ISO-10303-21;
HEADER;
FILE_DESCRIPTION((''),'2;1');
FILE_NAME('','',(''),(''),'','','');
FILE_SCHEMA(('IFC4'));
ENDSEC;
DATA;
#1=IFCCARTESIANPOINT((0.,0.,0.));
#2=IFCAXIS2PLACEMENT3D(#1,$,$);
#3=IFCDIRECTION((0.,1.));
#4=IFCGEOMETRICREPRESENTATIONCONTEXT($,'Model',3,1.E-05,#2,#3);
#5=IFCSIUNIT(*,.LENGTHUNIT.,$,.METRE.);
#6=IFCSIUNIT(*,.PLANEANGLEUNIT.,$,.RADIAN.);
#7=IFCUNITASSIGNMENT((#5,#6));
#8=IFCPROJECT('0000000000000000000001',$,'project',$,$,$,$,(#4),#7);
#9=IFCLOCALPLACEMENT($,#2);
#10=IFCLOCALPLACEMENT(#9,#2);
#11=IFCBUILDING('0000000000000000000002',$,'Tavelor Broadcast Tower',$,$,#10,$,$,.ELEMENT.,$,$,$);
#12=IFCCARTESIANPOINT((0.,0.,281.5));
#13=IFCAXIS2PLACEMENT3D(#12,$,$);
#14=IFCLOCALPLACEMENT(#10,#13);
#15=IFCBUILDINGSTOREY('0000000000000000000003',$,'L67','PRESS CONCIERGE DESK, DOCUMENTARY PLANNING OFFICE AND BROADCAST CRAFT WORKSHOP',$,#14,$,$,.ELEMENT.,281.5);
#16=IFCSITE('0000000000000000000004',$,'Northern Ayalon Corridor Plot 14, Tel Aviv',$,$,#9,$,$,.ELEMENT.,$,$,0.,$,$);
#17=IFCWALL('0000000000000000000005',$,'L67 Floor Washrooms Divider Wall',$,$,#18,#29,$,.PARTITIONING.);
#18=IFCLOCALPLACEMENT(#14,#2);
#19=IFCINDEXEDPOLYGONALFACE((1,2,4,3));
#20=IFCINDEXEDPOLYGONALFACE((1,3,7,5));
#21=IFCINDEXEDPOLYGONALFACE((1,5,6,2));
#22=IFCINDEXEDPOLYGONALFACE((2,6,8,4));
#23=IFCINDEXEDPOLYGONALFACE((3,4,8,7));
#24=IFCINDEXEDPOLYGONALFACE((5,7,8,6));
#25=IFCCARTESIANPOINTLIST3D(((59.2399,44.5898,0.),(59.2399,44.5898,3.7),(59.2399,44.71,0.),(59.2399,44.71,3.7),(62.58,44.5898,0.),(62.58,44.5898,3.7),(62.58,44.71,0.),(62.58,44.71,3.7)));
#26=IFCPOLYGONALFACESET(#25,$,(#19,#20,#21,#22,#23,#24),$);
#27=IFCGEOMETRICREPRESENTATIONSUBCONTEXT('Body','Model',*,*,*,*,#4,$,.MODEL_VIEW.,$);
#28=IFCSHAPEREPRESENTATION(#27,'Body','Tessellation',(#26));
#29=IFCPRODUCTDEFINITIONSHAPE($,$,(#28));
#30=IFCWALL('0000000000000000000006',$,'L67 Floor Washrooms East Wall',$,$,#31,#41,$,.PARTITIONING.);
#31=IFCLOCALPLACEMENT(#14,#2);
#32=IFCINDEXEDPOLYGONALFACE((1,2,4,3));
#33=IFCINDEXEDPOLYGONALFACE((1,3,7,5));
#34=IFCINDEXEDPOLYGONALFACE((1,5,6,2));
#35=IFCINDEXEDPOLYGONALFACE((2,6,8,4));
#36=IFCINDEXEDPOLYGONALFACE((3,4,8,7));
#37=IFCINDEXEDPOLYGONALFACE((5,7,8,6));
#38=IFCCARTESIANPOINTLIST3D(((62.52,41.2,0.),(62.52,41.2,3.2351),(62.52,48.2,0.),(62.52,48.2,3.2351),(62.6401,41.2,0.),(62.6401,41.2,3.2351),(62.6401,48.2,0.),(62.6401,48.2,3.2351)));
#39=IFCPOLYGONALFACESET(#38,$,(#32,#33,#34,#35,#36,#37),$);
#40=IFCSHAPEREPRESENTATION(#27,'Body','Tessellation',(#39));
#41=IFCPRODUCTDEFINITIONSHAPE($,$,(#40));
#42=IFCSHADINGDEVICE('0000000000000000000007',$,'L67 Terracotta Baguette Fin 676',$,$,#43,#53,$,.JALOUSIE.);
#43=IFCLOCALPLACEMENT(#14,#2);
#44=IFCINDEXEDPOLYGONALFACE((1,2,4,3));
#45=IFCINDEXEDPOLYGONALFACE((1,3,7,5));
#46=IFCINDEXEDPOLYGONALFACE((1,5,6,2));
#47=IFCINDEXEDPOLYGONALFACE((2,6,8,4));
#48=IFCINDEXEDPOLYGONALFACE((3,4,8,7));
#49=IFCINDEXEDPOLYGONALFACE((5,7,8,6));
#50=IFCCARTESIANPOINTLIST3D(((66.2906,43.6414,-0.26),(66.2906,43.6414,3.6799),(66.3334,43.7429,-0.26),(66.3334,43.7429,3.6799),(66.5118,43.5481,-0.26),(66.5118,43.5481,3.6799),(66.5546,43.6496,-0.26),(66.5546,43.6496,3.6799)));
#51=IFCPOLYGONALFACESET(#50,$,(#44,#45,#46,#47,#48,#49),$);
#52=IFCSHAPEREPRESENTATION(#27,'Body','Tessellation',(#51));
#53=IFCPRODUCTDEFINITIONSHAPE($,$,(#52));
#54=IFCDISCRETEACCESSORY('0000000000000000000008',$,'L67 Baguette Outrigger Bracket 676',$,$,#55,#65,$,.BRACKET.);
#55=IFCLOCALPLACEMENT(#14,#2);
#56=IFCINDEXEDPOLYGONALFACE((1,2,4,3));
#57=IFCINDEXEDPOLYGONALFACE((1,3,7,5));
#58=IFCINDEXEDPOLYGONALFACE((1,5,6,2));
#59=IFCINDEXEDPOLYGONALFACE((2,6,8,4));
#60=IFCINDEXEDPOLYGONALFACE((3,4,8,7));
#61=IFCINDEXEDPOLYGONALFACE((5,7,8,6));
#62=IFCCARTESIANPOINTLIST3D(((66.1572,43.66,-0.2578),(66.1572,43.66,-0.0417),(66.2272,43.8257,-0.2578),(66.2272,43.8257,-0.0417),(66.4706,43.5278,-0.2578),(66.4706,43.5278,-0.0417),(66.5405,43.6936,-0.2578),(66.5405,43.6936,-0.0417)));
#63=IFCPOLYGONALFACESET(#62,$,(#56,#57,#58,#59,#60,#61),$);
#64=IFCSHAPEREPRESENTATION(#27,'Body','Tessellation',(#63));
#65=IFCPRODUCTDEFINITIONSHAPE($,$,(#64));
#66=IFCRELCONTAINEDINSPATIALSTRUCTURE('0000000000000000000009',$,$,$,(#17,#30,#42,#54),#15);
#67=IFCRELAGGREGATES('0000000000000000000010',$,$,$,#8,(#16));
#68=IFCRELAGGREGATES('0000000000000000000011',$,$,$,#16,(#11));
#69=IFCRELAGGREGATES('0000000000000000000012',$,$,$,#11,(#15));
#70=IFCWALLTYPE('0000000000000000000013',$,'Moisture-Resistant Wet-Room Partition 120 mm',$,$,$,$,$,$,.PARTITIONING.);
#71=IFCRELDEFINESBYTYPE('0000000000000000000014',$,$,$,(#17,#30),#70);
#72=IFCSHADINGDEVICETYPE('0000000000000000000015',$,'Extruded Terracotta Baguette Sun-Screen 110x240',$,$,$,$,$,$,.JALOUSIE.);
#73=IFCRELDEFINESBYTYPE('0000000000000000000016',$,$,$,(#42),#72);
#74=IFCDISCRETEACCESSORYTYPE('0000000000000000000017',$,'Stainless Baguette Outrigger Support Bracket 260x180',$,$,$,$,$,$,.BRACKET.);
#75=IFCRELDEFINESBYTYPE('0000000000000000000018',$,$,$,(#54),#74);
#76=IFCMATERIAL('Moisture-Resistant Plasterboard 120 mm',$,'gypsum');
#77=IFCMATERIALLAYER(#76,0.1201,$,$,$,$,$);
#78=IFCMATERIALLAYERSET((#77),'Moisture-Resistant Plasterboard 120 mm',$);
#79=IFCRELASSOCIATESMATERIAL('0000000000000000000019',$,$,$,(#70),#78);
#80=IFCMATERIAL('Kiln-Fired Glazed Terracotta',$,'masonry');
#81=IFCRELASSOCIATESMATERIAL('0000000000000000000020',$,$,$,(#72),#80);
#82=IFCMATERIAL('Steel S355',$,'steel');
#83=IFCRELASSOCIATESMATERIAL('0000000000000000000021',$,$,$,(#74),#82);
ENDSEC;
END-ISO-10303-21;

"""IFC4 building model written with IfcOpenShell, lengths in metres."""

from ifc_helpers import new_model, si_unit, direction, frame, frame_2d, origin, origin_2d, place, context, subcontext, project, spatial, rectangle, extrude, source, transform, mapped, material, layer, layer_set, type_object, type_shapes, element, save


model = new_model("IFC4")

# Units and contexts
model_context = context("Model", 3, precision=1e-05, world=origin(), true_north=direction((0.0, 1.0)))
body_context = subcontext(model_context, "Body", "Model", "MODEL_VIEW")
ifc_project = project(units=[si_unit("LENGTHUNIT", "METRE"), si_unit("PLANEANGLEUNIT", "RADIAN")], contexts=[model_context])

# Site, building, storey
site_placement = place(None, origin())
site = spatial("IfcSite", under=ifc_project, at=site_placement, Name="Northern Ayalon Corridor Plot 14, Tel Aviv", CompositionType="ELEMENT", RefElevation=0.0)
building_placement = place(site_placement, origin())
building = spatial("IfcBuilding", under=site, at=building_placement, Name="Tavelor Broadcast Tower", CompositionType="ELEMENT")
storey_placement = place(building_placement, frame((0.0, 0.0, 281.5)))
storey = spatial("IfcBuildingStorey", under=building, at=storey_placement, Name="L67", Description="PRESS CONCIERGE DESK, DOCUMENTARY PLANNING OFFICE AND BROADCAST CRAFT WORKSHOP", CompositionType="ELEMENT", Elevation=281.5)

# Shared definitions
ifc_material_1 = material(Name="Steel S355", Category="steel")

# Shared definitions
ifc_material_2 = material(Name="Moisture-Resistant Plasterboard 120 mm", Category="gypsum")
ifc_layer_1 = layer(ifc_material_2, 0.1201)
ifc_layer_set_1 = layer_set([ifc_layer_1], Name="Moisture-Resistant Plasterboard 120 mm")
wall_type_1 = type_object("IfcWallType", Name="Moisture-Resistant Wet-Room Partition 120 mm", PredefinedType="PARTITIONING", material=ifc_layer_set_1)

# Walls
wall_1_placement = place(storey_placement, frame((59.24, 44.6499, 0.0), z_axis=(0.0, 0.0, 1.0), x_axis=(1.0, 0.0, 0.0)))
element("IfcWall", 1, at=wall_1_placement, inside=storey, type_object=wall_type_1, Name="L67 Floor Washrooms Divider Wall", PredefinedType="PARTITIONING", context=body_context, shape_type="SweptSolid", body=[
    extrude(rectangle(XDim=3.3401, YDim=0.1201, at=frame_2d((1.6699, 0.0))), origin(), (0.0, 0.0, 1.0), 3.7),
])
wall_2_placement = place(storey_placement, frame((62.5801, 41.2, 0.0), z_axis=(0.0, 0.0, 1.0), x_axis=(0.0, 1.0, 0.0)))
element("IfcWall", 2, at=wall_2_placement, inside=storey, type_object=wall_type_1, Name="L67 Floor Washrooms East Wall", PredefinedType="PARTITIONING", context=body_context, shape_type="SweptSolid", body=[
    extrude(rectangle(XDim=7.0, YDim=0.1201, at=frame_2d((3.5, 0.0))), origin(), (0.0, 0.0, 1.0), 3.2351),
])

# Shading device
ifc_material_3 = material(Name="Kiln-Fired Glazed Terracotta", Category="masonry")
shading_device_type = type_object("IfcShadingDeviceType", Name="Extruded Terracotta Baguette Sun-Screen 110x240", PredefinedType="JALOUSIE", material=ifc_material_3)
shared_shape_1 = source(origin(), body_context, "Body", "SweptSolid", [
    extrude(rectangle(XDim=0.1101, YDim=0.24, at=origin_2d()), origin(), (0.0, 0.0, 1.0), 3.9399),
])
type_shapes(shading_device_type, [shared_shape_1])
shading_device_placement = place(storey_placement, frame((66.4226, 43.6455, -0.26), z_axis=(0.0, 0.0, 1.0), x_axis=(0.388642, 0.921389, 0.0)))
element("IfcShadingDevice", 3, at=shading_device_placement, inside=storey, type_object=shading_device_type, Name="L67 Terracotta Baguette Fin 676", PredefinedType="JALOUSIE", context=body_context, shape_type="MappedRepresentation", body=[
    mapped(shared_shape_1, transform((0.0, 0.0, 0.0), scale=1.0)),
])

# Discrete accessory
discrete_accessory_type = type_object("IfcDiscreteAccessoryType", Name="Stainless Baguette Outrigger Support Bracket 260x180", PredefinedType="BRACKET", material=ifc_material_1)
shared_shape_2 = source(origin(), body_context, "Body", "SweptSolid", [
    extrude(rectangle(XDim=0.1799, YDim=0.3401, at=origin_2d()), origin(), (0.0, 0.0, 1.0), 0.2161),
])
type_shapes(discrete_accessory_type, [shared_shape_2])
discrete_accessory_placement = place(storey_placement, frame((66.3489, 43.6768, -0.2578), z_axis=(0.0, 0.0, 1.0), x_axis=(0.388642, 0.921389, 0.0)))
element("IfcDiscreteAccessory", 4, at=discrete_accessory_placement, inside=storey, type_object=discrete_accessory_type, Name="L67 Baguette Outrigger Bracket 676", PredefinedType="BRACKET", context=body_context, shape_type="MappedRepresentation", body=[
    mapped(shared_shape_2, transform((0.0, 0.0, 0.0), scale=1.0)),
])

save(model, "model.ifc")
